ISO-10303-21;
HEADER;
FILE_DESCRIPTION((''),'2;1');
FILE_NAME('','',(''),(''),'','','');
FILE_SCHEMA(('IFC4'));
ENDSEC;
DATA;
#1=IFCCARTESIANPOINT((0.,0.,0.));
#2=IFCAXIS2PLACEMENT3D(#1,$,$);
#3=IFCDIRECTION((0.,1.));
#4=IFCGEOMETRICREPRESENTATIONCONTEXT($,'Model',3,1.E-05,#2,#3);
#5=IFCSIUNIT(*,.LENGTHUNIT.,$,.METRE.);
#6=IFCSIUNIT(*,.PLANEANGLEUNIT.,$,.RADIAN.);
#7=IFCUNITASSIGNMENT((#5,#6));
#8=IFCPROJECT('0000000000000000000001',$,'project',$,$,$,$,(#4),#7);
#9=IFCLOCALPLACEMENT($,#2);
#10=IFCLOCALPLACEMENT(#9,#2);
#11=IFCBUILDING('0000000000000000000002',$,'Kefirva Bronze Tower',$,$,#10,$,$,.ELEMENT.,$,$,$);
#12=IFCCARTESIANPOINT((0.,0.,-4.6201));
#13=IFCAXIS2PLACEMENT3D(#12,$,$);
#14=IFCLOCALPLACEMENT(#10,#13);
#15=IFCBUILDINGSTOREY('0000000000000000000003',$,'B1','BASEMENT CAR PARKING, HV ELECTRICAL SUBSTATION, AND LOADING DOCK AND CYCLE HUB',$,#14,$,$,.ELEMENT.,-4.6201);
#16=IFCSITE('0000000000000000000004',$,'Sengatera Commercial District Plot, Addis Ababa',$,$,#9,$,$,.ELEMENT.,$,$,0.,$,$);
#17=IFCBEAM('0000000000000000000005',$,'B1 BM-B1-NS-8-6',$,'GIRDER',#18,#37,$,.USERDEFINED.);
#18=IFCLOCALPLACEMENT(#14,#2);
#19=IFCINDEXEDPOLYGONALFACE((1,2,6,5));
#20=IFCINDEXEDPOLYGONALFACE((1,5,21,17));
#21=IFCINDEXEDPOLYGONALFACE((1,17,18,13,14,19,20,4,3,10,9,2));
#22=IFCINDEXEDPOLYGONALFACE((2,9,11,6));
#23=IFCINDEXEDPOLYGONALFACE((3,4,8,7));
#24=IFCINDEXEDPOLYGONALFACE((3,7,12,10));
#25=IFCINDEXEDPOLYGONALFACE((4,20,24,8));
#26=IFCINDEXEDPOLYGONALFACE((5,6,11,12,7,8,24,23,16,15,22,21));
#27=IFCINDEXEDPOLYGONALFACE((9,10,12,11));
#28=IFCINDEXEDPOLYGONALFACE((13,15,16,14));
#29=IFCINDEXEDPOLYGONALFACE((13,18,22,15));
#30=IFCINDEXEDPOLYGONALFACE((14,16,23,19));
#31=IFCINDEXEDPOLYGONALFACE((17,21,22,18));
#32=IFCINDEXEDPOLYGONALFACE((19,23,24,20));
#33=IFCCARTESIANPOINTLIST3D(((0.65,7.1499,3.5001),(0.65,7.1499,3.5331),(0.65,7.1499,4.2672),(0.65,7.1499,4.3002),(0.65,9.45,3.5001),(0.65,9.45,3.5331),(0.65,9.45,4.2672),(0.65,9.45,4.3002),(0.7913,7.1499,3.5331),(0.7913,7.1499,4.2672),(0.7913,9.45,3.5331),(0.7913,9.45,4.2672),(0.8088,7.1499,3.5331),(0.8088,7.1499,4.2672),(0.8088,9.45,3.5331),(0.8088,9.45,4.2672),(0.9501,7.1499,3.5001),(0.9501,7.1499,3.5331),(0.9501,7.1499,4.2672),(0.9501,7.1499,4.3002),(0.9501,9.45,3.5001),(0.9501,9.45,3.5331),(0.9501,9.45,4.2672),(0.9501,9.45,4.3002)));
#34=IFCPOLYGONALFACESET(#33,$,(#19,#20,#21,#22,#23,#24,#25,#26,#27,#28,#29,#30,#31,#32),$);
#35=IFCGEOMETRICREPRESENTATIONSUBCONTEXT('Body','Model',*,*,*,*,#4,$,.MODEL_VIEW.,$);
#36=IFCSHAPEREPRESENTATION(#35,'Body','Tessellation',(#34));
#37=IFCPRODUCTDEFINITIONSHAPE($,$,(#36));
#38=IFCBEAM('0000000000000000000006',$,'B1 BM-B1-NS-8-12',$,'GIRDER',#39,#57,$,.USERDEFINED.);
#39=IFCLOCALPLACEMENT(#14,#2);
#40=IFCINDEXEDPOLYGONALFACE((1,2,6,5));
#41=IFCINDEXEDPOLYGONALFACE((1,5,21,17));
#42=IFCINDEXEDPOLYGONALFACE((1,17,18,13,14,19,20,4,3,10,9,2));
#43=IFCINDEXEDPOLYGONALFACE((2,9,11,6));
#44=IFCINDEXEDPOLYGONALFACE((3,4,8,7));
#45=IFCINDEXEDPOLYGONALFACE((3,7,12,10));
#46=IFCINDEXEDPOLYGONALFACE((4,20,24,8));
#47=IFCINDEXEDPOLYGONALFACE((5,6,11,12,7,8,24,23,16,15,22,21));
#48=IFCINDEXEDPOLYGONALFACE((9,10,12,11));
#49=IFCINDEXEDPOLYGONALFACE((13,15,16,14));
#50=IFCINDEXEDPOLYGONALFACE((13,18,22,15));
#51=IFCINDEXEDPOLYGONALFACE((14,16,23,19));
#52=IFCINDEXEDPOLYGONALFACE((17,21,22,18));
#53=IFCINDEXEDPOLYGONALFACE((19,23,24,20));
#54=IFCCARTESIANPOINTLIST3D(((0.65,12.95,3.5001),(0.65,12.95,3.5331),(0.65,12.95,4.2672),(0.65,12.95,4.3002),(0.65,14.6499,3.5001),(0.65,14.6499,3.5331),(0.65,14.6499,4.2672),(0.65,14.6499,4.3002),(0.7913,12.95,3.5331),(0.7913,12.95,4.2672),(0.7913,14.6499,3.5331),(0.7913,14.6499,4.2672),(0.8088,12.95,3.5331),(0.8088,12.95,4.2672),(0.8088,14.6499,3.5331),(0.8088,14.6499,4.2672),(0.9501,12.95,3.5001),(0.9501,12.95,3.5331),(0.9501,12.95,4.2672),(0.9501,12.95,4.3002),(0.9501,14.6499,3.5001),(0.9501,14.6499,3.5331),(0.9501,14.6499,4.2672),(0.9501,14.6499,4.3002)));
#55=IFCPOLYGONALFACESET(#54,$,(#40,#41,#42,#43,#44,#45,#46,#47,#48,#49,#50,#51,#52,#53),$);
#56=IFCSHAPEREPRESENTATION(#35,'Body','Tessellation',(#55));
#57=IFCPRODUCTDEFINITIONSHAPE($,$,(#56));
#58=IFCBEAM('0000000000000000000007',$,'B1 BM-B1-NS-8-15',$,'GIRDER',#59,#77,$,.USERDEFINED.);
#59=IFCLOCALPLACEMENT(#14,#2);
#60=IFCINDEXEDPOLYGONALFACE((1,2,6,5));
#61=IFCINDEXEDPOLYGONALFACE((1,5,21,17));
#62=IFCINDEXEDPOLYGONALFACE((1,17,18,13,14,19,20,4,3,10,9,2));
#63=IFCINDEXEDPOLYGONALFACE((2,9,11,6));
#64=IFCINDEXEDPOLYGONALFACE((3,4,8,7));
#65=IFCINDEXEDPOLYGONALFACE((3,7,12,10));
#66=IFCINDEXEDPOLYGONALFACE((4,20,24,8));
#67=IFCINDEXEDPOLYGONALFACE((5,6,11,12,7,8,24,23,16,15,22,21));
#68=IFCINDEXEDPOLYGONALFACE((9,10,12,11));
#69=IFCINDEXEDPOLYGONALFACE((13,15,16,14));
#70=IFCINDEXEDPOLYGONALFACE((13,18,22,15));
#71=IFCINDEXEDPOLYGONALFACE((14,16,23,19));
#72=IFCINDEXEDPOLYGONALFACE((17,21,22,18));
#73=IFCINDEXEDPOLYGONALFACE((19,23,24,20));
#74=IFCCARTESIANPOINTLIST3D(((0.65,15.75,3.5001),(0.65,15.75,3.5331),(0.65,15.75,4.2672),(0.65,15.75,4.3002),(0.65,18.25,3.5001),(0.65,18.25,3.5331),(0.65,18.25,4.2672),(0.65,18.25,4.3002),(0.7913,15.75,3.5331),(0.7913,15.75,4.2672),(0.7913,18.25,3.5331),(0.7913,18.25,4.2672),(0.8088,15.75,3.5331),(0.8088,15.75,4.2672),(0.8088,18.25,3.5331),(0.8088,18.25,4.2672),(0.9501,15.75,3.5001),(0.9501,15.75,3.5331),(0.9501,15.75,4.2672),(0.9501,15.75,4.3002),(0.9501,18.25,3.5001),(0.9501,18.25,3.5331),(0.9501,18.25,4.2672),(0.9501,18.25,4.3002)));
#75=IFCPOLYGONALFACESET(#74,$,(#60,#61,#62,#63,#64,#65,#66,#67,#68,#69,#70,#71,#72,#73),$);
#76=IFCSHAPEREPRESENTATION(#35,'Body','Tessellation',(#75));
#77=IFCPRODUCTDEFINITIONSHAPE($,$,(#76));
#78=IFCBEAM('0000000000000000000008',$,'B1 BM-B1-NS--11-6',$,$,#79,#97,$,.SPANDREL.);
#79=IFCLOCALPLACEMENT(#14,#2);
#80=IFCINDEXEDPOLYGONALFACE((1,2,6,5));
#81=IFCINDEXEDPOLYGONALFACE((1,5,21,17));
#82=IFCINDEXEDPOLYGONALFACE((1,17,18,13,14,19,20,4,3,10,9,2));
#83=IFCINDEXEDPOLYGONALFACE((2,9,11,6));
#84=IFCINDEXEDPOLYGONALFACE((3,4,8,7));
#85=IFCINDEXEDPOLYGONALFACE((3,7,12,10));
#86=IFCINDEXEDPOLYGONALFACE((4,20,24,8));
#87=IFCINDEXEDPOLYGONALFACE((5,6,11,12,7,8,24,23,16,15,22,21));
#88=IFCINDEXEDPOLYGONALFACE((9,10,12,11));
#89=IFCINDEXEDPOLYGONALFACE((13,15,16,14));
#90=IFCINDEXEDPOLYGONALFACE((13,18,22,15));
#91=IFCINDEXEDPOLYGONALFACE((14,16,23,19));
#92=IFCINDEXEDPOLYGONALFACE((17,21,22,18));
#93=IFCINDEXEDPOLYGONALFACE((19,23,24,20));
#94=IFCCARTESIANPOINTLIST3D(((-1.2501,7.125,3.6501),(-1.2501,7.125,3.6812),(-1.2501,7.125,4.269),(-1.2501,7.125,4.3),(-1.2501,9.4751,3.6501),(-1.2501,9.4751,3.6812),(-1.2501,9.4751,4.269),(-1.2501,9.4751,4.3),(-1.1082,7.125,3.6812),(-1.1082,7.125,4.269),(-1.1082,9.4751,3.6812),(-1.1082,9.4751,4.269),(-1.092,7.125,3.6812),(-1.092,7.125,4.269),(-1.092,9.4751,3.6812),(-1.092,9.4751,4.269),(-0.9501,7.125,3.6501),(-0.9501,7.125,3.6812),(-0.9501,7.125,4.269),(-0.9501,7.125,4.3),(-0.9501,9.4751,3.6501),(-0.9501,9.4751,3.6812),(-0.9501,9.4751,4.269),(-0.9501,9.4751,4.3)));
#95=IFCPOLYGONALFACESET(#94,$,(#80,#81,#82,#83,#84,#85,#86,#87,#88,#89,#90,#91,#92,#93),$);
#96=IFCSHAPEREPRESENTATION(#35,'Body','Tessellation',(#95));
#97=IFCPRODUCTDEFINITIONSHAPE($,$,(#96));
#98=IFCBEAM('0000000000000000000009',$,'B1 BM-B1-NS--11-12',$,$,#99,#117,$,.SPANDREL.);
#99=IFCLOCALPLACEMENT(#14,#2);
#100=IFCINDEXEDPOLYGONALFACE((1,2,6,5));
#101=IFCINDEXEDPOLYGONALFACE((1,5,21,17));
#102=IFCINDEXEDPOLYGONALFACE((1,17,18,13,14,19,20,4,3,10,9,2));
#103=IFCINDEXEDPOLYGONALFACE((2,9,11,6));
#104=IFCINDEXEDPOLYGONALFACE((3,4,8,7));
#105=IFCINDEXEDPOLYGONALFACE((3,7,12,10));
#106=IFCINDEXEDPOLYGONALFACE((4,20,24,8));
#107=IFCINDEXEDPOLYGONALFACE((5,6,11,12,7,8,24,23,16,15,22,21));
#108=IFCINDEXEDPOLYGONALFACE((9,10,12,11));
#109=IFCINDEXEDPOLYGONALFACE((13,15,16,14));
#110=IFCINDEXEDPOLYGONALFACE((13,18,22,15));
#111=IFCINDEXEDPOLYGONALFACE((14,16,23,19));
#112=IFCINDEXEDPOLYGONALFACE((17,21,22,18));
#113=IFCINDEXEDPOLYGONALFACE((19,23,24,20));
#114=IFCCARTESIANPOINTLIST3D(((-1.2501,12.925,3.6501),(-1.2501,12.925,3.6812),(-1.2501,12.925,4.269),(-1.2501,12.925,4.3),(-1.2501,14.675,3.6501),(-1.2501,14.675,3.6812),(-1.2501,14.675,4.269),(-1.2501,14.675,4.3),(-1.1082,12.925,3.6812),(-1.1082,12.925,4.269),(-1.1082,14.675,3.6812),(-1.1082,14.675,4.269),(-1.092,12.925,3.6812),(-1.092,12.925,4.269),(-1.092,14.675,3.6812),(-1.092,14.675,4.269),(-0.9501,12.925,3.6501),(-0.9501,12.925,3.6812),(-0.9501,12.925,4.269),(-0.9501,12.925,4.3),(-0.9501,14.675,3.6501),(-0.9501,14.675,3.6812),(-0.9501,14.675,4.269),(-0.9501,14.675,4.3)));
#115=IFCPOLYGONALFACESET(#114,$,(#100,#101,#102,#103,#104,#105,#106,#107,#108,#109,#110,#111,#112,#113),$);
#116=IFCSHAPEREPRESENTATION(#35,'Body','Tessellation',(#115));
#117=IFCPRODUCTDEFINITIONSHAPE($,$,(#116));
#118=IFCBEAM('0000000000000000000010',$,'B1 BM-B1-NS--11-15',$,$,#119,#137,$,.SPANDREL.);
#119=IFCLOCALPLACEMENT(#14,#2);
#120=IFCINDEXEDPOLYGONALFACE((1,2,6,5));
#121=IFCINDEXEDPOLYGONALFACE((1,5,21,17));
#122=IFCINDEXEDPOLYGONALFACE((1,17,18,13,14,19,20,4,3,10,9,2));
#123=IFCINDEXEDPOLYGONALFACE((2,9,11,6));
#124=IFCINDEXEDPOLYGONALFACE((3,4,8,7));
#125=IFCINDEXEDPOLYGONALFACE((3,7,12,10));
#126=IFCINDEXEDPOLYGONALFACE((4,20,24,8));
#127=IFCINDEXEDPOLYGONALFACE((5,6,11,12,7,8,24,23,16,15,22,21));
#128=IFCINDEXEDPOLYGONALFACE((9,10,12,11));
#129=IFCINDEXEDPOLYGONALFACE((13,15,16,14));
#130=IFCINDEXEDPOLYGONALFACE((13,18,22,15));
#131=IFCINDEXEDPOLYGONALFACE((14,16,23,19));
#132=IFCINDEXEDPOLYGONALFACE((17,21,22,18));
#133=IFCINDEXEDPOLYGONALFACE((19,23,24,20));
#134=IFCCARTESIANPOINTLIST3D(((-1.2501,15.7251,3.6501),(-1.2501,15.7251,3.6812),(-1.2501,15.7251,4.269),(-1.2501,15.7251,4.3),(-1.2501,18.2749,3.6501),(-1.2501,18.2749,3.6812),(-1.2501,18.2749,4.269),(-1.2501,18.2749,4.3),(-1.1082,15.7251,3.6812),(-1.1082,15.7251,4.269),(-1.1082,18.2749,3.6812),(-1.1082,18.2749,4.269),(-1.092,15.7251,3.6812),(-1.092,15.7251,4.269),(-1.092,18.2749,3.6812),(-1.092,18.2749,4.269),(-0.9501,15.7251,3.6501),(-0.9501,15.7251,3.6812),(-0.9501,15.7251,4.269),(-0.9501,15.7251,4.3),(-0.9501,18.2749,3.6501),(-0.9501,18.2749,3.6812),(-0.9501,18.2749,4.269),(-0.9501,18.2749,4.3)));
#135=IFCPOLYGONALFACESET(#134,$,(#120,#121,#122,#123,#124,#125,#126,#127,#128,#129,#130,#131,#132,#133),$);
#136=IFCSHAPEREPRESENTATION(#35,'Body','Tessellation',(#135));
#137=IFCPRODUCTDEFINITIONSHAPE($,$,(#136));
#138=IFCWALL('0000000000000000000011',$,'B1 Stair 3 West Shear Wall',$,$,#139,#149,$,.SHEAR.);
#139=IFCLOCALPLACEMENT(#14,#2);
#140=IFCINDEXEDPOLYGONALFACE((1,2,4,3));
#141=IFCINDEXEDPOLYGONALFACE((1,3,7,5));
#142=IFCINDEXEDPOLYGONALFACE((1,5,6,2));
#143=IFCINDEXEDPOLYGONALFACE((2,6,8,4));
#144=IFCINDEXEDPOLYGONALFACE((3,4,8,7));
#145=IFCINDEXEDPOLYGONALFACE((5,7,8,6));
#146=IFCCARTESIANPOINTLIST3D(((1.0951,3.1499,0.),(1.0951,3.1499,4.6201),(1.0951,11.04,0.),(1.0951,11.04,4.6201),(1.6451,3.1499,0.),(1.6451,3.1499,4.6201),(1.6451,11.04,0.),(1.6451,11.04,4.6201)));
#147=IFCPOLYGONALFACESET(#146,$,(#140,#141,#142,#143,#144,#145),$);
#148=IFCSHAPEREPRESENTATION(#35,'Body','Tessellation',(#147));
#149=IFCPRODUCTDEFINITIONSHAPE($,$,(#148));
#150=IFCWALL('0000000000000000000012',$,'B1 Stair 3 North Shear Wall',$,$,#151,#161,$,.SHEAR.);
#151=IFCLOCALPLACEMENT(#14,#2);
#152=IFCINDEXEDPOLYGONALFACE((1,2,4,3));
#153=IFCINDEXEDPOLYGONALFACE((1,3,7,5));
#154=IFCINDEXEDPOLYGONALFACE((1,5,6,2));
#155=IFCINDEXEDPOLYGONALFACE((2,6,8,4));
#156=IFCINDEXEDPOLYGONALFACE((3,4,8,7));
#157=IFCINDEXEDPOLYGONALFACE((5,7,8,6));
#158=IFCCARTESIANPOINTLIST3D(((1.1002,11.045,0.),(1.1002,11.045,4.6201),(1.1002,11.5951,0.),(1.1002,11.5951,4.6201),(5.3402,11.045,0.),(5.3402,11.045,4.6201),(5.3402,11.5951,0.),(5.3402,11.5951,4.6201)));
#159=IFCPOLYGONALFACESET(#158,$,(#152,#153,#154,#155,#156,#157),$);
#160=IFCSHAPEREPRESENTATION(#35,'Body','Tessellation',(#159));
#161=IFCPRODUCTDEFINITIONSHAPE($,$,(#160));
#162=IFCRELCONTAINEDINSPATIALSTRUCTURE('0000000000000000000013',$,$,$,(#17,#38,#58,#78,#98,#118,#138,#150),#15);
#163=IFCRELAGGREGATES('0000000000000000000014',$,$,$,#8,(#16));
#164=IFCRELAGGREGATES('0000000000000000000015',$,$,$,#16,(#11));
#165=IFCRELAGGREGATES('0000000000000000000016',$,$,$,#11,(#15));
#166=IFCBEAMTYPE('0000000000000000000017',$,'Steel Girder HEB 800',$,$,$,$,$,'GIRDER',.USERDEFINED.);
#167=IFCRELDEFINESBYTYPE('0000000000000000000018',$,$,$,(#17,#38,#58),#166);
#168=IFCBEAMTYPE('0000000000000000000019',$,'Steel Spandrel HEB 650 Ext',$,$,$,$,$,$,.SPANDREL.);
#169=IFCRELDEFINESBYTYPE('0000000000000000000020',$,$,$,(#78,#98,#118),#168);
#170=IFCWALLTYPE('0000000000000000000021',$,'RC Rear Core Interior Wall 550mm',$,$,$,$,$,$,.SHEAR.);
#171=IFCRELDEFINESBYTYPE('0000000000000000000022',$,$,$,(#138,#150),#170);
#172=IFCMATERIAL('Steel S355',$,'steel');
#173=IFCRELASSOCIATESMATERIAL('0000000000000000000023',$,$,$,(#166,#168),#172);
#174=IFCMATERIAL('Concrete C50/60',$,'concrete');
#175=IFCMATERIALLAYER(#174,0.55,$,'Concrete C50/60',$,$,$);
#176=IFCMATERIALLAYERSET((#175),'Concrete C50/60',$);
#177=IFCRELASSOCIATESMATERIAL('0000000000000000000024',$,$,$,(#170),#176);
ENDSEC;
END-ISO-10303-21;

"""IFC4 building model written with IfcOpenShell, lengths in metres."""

from ifc_helpers import new_model, si_unit, direction, frame, frame_2d, origin, origin_2d, place, context, subcontext, project, spatial, rectangle, i_section, extrude, material, layer, layer_set, material_profile, profile_set, type_object, element, save


model = new_model("IFC4")

# Units and contexts
model_context = context("Model", 3, precision=1e-05, world=origin(), true_north=direction((0.0, 1.0)))
body_context = subcontext(model_context, "Body", "Model", "MODEL_VIEW")
ifc_project = project(units=[si_unit("LENGTHUNIT", "METRE"), si_unit("PLANEANGLEUNIT", "RADIAN")], contexts=[model_context])

# Site, building, storey
site_placement = place(None, origin())
site = spatial("IfcSite", under=ifc_project, at=site_placement, Name="Sengatera Commercial District Plot, Addis Ababa", CompositionType="ELEMENT", RefElevation=0.0)
building_placement = place(site_placement, origin())
building = spatial("IfcBuilding", under=site, at=building_placement, Name="Kefirva Bronze Tower", CompositionType="ELEMENT")
storey_placement = place(building_placement, frame((0.0, 0.0, -4.6201)))
storey = spatial("IfcBuildingStorey", under=building, at=storey_placement, Name="B1", Description="BASEMENT CAR PARKING, HV ELECTRICAL SUBSTATION, AND LOADING DOCK AND CYCLE HUB", CompositionType="ELEMENT", Elevation=-4.6201)

# Beams
ifc_material_1 = material(Name="Concrete C50/60", Category="concrete")
ifc_material_2 = material(Name="Steel S355", Category="steel")
ifc_material_profile_1 = material_profile(ifc_material_2, i_section(OverallWidth=0.3, OverallDepth=0.8, WebThickness=0.0176, FlangeThickness=0.033, at=origin_2d()), Name="HEB 800")
ifc_profile_set_1 = profile_set([ifc_material_profile_1], Name="Steel S355")
beam_type_1 = type_object("IfcBeamType", Name="Steel Girder HEB 800", ElementType="GIRDER", PredefinedType="USERDEFINED", material=ifc_profile_set_1)
beam_1_placement = place(storey_placement, frame((0.8, 7.1499, 3.9001), z_axis=(0.0, 1.0, 0.0), x_axis=(-1.0, 0.0, 0.0)))
element("IfcBeam", 1, at=beam_1_placement, inside=storey, type_object=beam_type_1, Name="B1 BM-B1-NS-8-6", ObjectType="GIRDER", PredefinedType="USERDEFINED", context=body_context, shape_type="SweptSolid", body=[
    extrude(i_section(OverallWidth=0.3, OverallDepth=0.8, WebThickness=0.0176, FlangeThickness=0.033, at=origin_2d()), origin(), (0.0, 0.0, 1.0), 2.3),
])
beam_2_placement = place(storey_placement, frame((0.8, 12.95, 3.9001), z_axis=(0.0, 1.0, 0.0), x_axis=(-1.0, 0.0, 0.0)))
element("IfcBeam", 2, at=beam_2_placement, inside=storey, type_object=beam_type_1, Name="B1 BM-B1-NS-8-12", ObjectType="GIRDER", PredefinedType="USERDEFINED", context=body_context, shape_type="SweptSolid", body=[
    extrude(i_section(OverallWidth=0.3, OverallDepth=0.8, WebThickness=0.0176, FlangeThickness=0.033, at=origin_2d()), origin(), (0.0, 0.0, 1.0), 1.7),
])
beam_3_placement = place(storey_placement, frame((0.8, 15.75, 3.9001), z_axis=(0.0, 1.0, 0.0), x_axis=(-1.0, 0.0, 0.0)))
element("IfcBeam", 3, at=beam_3_placement, inside=storey, type_object=beam_type_1, Name="B1 BM-B1-NS-8-15", ObjectType="GIRDER", PredefinedType="USERDEFINED", context=body_context, shape_type="SweptSolid", body=[
    extrude(i_section(OverallWidth=0.3, OverallDepth=0.8, WebThickness=0.0176, FlangeThickness=0.033, at=origin_2d()), origin(), (0.0, 0.0, 1.0), 2.5),
])
ifc_material_profile_2 = material_profile(ifc_material_2, i_section(OverallWidth=0.3, OverallDepth=0.6499, WebThickness=0.0161, FlangeThickness=0.031, at=origin_2d()), Name="HEB 650")
ifc_profile_set_2 = profile_set([ifc_material_profile_2], Name="Steel S355")
beam_type_2 = type_object("IfcBeamType", Name="Steel Spandrel HEB 650 Ext", PredefinedType="SPANDREL", material=ifc_profile_set_2)
beam_4_placement = place(storey_placement, frame((-1.1001, 7.125, 3.9751), z_axis=(0.0, 1.0, 0.0), x_axis=(-1.0, 0.0, 0.0)))
element("IfcBeam", 4, at=beam_4_placement, inside=storey, type_object=beam_type_2, Name="B1 BM-B1-NS--11-6", PredefinedType="SPANDREL", context=body_context, shape_type="SweptSolid", body=[
    extrude(i_section(OverallWidth=0.3, OverallDepth=0.6499, WebThickness=0.0161, FlangeThickness=0.031, at=origin_2d()), origin(), (0.0, 0.0, 1.0), 2.3501),
])
beam_5_placement = place(storey_placement, frame((-1.1001, 12.925, 3.9751), z_axis=(0.0, 1.0, 0.0), x_axis=(-1.0, 0.0, 0.0)))
element("IfcBeam", 5, at=beam_5_placement, inside=storey, type_object=beam_type_2, Name="B1 BM-B1-NS--11-12", PredefinedType="SPANDREL", context=body_context, shape_type="SweptSolid", body=[
    extrude(i_section(OverallWidth=0.3, OverallDepth=0.6499, WebThickness=0.0161, FlangeThickness=0.031, at=origin_2d()), origin(), (0.0, 0.0, 1.0), 1.75),
])
beam_6_placement = place(storey_placement, frame((-1.1001, 15.7251, 3.9751), z_axis=(0.0, 1.0, 0.0), x_axis=(-1.0, 0.0, 0.0)))
element("IfcBeam", 6, at=beam_6_placement, inside=storey, type_object=beam_type_2, Name="B1 BM-B1-NS--11-15", PredefinedType="SPANDREL", context=body_context, shape_type="SweptSolid", body=[
    extrude(i_section(OverallWidth=0.3, OverallDepth=0.6499, WebThickness=0.0161, FlangeThickness=0.031, at=origin_2d()), origin(), (0.0, 0.0, 1.0), 2.5498),
])

# Walls
ifc_layer_1 = layer(ifc_material_1, 0.55, Name="Concrete C50/60")
ifc_layer_set_1 = layer_set([ifc_layer_1], Name="Concrete C50/60")
wall_type_1 = type_object("IfcWallType", Name="RC Rear Core Interior Wall 550mm", PredefinedType="SHEAR", material=ifc_layer_set_1)
wall_1_placement = place(storey_placement, frame((1.3701, 3.1499, 0.0), z_axis=(0.0, 0.0, 1.0), x_axis=(0.0, 1.0, 0.0)))
element("IfcWall", 7, at=wall_1_placement, inside=storey, type_object=wall_type_1, Name="B1 Stair 3 West Shear Wall", PredefinedType="SHEAR", context=body_context, shape_type="SweptSolid", body=[
    extrude(rectangle(XDim=7.8901, YDim=0.55, at=frame_2d((3.9451, 0.0))), origin(), (0.0, 0.0, 1.0), 4.6201),
])
wall_2_placement = place(storey_placement, frame((1.1001, 11.3201, 0.0), z_axis=(0.0, 0.0, 1.0), x_axis=(1.0, 0.0, 0.0)))
element("IfcWall", 8, at=wall_2_placement, inside=storey, type_object=wall_type_1, Name="B1 Stair 3 North Shear Wall", PredefinedType="SHEAR", context=body_context, shape_type="SweptSolid", body=[
    extrude(rectangle(XDim=4.24, YDim=0.55, at=frame_2d((2.1201, 0.0))), origin(), (0.0, 0.0, 1.0), 4.6201),
])

save(model, "model.ifc")
